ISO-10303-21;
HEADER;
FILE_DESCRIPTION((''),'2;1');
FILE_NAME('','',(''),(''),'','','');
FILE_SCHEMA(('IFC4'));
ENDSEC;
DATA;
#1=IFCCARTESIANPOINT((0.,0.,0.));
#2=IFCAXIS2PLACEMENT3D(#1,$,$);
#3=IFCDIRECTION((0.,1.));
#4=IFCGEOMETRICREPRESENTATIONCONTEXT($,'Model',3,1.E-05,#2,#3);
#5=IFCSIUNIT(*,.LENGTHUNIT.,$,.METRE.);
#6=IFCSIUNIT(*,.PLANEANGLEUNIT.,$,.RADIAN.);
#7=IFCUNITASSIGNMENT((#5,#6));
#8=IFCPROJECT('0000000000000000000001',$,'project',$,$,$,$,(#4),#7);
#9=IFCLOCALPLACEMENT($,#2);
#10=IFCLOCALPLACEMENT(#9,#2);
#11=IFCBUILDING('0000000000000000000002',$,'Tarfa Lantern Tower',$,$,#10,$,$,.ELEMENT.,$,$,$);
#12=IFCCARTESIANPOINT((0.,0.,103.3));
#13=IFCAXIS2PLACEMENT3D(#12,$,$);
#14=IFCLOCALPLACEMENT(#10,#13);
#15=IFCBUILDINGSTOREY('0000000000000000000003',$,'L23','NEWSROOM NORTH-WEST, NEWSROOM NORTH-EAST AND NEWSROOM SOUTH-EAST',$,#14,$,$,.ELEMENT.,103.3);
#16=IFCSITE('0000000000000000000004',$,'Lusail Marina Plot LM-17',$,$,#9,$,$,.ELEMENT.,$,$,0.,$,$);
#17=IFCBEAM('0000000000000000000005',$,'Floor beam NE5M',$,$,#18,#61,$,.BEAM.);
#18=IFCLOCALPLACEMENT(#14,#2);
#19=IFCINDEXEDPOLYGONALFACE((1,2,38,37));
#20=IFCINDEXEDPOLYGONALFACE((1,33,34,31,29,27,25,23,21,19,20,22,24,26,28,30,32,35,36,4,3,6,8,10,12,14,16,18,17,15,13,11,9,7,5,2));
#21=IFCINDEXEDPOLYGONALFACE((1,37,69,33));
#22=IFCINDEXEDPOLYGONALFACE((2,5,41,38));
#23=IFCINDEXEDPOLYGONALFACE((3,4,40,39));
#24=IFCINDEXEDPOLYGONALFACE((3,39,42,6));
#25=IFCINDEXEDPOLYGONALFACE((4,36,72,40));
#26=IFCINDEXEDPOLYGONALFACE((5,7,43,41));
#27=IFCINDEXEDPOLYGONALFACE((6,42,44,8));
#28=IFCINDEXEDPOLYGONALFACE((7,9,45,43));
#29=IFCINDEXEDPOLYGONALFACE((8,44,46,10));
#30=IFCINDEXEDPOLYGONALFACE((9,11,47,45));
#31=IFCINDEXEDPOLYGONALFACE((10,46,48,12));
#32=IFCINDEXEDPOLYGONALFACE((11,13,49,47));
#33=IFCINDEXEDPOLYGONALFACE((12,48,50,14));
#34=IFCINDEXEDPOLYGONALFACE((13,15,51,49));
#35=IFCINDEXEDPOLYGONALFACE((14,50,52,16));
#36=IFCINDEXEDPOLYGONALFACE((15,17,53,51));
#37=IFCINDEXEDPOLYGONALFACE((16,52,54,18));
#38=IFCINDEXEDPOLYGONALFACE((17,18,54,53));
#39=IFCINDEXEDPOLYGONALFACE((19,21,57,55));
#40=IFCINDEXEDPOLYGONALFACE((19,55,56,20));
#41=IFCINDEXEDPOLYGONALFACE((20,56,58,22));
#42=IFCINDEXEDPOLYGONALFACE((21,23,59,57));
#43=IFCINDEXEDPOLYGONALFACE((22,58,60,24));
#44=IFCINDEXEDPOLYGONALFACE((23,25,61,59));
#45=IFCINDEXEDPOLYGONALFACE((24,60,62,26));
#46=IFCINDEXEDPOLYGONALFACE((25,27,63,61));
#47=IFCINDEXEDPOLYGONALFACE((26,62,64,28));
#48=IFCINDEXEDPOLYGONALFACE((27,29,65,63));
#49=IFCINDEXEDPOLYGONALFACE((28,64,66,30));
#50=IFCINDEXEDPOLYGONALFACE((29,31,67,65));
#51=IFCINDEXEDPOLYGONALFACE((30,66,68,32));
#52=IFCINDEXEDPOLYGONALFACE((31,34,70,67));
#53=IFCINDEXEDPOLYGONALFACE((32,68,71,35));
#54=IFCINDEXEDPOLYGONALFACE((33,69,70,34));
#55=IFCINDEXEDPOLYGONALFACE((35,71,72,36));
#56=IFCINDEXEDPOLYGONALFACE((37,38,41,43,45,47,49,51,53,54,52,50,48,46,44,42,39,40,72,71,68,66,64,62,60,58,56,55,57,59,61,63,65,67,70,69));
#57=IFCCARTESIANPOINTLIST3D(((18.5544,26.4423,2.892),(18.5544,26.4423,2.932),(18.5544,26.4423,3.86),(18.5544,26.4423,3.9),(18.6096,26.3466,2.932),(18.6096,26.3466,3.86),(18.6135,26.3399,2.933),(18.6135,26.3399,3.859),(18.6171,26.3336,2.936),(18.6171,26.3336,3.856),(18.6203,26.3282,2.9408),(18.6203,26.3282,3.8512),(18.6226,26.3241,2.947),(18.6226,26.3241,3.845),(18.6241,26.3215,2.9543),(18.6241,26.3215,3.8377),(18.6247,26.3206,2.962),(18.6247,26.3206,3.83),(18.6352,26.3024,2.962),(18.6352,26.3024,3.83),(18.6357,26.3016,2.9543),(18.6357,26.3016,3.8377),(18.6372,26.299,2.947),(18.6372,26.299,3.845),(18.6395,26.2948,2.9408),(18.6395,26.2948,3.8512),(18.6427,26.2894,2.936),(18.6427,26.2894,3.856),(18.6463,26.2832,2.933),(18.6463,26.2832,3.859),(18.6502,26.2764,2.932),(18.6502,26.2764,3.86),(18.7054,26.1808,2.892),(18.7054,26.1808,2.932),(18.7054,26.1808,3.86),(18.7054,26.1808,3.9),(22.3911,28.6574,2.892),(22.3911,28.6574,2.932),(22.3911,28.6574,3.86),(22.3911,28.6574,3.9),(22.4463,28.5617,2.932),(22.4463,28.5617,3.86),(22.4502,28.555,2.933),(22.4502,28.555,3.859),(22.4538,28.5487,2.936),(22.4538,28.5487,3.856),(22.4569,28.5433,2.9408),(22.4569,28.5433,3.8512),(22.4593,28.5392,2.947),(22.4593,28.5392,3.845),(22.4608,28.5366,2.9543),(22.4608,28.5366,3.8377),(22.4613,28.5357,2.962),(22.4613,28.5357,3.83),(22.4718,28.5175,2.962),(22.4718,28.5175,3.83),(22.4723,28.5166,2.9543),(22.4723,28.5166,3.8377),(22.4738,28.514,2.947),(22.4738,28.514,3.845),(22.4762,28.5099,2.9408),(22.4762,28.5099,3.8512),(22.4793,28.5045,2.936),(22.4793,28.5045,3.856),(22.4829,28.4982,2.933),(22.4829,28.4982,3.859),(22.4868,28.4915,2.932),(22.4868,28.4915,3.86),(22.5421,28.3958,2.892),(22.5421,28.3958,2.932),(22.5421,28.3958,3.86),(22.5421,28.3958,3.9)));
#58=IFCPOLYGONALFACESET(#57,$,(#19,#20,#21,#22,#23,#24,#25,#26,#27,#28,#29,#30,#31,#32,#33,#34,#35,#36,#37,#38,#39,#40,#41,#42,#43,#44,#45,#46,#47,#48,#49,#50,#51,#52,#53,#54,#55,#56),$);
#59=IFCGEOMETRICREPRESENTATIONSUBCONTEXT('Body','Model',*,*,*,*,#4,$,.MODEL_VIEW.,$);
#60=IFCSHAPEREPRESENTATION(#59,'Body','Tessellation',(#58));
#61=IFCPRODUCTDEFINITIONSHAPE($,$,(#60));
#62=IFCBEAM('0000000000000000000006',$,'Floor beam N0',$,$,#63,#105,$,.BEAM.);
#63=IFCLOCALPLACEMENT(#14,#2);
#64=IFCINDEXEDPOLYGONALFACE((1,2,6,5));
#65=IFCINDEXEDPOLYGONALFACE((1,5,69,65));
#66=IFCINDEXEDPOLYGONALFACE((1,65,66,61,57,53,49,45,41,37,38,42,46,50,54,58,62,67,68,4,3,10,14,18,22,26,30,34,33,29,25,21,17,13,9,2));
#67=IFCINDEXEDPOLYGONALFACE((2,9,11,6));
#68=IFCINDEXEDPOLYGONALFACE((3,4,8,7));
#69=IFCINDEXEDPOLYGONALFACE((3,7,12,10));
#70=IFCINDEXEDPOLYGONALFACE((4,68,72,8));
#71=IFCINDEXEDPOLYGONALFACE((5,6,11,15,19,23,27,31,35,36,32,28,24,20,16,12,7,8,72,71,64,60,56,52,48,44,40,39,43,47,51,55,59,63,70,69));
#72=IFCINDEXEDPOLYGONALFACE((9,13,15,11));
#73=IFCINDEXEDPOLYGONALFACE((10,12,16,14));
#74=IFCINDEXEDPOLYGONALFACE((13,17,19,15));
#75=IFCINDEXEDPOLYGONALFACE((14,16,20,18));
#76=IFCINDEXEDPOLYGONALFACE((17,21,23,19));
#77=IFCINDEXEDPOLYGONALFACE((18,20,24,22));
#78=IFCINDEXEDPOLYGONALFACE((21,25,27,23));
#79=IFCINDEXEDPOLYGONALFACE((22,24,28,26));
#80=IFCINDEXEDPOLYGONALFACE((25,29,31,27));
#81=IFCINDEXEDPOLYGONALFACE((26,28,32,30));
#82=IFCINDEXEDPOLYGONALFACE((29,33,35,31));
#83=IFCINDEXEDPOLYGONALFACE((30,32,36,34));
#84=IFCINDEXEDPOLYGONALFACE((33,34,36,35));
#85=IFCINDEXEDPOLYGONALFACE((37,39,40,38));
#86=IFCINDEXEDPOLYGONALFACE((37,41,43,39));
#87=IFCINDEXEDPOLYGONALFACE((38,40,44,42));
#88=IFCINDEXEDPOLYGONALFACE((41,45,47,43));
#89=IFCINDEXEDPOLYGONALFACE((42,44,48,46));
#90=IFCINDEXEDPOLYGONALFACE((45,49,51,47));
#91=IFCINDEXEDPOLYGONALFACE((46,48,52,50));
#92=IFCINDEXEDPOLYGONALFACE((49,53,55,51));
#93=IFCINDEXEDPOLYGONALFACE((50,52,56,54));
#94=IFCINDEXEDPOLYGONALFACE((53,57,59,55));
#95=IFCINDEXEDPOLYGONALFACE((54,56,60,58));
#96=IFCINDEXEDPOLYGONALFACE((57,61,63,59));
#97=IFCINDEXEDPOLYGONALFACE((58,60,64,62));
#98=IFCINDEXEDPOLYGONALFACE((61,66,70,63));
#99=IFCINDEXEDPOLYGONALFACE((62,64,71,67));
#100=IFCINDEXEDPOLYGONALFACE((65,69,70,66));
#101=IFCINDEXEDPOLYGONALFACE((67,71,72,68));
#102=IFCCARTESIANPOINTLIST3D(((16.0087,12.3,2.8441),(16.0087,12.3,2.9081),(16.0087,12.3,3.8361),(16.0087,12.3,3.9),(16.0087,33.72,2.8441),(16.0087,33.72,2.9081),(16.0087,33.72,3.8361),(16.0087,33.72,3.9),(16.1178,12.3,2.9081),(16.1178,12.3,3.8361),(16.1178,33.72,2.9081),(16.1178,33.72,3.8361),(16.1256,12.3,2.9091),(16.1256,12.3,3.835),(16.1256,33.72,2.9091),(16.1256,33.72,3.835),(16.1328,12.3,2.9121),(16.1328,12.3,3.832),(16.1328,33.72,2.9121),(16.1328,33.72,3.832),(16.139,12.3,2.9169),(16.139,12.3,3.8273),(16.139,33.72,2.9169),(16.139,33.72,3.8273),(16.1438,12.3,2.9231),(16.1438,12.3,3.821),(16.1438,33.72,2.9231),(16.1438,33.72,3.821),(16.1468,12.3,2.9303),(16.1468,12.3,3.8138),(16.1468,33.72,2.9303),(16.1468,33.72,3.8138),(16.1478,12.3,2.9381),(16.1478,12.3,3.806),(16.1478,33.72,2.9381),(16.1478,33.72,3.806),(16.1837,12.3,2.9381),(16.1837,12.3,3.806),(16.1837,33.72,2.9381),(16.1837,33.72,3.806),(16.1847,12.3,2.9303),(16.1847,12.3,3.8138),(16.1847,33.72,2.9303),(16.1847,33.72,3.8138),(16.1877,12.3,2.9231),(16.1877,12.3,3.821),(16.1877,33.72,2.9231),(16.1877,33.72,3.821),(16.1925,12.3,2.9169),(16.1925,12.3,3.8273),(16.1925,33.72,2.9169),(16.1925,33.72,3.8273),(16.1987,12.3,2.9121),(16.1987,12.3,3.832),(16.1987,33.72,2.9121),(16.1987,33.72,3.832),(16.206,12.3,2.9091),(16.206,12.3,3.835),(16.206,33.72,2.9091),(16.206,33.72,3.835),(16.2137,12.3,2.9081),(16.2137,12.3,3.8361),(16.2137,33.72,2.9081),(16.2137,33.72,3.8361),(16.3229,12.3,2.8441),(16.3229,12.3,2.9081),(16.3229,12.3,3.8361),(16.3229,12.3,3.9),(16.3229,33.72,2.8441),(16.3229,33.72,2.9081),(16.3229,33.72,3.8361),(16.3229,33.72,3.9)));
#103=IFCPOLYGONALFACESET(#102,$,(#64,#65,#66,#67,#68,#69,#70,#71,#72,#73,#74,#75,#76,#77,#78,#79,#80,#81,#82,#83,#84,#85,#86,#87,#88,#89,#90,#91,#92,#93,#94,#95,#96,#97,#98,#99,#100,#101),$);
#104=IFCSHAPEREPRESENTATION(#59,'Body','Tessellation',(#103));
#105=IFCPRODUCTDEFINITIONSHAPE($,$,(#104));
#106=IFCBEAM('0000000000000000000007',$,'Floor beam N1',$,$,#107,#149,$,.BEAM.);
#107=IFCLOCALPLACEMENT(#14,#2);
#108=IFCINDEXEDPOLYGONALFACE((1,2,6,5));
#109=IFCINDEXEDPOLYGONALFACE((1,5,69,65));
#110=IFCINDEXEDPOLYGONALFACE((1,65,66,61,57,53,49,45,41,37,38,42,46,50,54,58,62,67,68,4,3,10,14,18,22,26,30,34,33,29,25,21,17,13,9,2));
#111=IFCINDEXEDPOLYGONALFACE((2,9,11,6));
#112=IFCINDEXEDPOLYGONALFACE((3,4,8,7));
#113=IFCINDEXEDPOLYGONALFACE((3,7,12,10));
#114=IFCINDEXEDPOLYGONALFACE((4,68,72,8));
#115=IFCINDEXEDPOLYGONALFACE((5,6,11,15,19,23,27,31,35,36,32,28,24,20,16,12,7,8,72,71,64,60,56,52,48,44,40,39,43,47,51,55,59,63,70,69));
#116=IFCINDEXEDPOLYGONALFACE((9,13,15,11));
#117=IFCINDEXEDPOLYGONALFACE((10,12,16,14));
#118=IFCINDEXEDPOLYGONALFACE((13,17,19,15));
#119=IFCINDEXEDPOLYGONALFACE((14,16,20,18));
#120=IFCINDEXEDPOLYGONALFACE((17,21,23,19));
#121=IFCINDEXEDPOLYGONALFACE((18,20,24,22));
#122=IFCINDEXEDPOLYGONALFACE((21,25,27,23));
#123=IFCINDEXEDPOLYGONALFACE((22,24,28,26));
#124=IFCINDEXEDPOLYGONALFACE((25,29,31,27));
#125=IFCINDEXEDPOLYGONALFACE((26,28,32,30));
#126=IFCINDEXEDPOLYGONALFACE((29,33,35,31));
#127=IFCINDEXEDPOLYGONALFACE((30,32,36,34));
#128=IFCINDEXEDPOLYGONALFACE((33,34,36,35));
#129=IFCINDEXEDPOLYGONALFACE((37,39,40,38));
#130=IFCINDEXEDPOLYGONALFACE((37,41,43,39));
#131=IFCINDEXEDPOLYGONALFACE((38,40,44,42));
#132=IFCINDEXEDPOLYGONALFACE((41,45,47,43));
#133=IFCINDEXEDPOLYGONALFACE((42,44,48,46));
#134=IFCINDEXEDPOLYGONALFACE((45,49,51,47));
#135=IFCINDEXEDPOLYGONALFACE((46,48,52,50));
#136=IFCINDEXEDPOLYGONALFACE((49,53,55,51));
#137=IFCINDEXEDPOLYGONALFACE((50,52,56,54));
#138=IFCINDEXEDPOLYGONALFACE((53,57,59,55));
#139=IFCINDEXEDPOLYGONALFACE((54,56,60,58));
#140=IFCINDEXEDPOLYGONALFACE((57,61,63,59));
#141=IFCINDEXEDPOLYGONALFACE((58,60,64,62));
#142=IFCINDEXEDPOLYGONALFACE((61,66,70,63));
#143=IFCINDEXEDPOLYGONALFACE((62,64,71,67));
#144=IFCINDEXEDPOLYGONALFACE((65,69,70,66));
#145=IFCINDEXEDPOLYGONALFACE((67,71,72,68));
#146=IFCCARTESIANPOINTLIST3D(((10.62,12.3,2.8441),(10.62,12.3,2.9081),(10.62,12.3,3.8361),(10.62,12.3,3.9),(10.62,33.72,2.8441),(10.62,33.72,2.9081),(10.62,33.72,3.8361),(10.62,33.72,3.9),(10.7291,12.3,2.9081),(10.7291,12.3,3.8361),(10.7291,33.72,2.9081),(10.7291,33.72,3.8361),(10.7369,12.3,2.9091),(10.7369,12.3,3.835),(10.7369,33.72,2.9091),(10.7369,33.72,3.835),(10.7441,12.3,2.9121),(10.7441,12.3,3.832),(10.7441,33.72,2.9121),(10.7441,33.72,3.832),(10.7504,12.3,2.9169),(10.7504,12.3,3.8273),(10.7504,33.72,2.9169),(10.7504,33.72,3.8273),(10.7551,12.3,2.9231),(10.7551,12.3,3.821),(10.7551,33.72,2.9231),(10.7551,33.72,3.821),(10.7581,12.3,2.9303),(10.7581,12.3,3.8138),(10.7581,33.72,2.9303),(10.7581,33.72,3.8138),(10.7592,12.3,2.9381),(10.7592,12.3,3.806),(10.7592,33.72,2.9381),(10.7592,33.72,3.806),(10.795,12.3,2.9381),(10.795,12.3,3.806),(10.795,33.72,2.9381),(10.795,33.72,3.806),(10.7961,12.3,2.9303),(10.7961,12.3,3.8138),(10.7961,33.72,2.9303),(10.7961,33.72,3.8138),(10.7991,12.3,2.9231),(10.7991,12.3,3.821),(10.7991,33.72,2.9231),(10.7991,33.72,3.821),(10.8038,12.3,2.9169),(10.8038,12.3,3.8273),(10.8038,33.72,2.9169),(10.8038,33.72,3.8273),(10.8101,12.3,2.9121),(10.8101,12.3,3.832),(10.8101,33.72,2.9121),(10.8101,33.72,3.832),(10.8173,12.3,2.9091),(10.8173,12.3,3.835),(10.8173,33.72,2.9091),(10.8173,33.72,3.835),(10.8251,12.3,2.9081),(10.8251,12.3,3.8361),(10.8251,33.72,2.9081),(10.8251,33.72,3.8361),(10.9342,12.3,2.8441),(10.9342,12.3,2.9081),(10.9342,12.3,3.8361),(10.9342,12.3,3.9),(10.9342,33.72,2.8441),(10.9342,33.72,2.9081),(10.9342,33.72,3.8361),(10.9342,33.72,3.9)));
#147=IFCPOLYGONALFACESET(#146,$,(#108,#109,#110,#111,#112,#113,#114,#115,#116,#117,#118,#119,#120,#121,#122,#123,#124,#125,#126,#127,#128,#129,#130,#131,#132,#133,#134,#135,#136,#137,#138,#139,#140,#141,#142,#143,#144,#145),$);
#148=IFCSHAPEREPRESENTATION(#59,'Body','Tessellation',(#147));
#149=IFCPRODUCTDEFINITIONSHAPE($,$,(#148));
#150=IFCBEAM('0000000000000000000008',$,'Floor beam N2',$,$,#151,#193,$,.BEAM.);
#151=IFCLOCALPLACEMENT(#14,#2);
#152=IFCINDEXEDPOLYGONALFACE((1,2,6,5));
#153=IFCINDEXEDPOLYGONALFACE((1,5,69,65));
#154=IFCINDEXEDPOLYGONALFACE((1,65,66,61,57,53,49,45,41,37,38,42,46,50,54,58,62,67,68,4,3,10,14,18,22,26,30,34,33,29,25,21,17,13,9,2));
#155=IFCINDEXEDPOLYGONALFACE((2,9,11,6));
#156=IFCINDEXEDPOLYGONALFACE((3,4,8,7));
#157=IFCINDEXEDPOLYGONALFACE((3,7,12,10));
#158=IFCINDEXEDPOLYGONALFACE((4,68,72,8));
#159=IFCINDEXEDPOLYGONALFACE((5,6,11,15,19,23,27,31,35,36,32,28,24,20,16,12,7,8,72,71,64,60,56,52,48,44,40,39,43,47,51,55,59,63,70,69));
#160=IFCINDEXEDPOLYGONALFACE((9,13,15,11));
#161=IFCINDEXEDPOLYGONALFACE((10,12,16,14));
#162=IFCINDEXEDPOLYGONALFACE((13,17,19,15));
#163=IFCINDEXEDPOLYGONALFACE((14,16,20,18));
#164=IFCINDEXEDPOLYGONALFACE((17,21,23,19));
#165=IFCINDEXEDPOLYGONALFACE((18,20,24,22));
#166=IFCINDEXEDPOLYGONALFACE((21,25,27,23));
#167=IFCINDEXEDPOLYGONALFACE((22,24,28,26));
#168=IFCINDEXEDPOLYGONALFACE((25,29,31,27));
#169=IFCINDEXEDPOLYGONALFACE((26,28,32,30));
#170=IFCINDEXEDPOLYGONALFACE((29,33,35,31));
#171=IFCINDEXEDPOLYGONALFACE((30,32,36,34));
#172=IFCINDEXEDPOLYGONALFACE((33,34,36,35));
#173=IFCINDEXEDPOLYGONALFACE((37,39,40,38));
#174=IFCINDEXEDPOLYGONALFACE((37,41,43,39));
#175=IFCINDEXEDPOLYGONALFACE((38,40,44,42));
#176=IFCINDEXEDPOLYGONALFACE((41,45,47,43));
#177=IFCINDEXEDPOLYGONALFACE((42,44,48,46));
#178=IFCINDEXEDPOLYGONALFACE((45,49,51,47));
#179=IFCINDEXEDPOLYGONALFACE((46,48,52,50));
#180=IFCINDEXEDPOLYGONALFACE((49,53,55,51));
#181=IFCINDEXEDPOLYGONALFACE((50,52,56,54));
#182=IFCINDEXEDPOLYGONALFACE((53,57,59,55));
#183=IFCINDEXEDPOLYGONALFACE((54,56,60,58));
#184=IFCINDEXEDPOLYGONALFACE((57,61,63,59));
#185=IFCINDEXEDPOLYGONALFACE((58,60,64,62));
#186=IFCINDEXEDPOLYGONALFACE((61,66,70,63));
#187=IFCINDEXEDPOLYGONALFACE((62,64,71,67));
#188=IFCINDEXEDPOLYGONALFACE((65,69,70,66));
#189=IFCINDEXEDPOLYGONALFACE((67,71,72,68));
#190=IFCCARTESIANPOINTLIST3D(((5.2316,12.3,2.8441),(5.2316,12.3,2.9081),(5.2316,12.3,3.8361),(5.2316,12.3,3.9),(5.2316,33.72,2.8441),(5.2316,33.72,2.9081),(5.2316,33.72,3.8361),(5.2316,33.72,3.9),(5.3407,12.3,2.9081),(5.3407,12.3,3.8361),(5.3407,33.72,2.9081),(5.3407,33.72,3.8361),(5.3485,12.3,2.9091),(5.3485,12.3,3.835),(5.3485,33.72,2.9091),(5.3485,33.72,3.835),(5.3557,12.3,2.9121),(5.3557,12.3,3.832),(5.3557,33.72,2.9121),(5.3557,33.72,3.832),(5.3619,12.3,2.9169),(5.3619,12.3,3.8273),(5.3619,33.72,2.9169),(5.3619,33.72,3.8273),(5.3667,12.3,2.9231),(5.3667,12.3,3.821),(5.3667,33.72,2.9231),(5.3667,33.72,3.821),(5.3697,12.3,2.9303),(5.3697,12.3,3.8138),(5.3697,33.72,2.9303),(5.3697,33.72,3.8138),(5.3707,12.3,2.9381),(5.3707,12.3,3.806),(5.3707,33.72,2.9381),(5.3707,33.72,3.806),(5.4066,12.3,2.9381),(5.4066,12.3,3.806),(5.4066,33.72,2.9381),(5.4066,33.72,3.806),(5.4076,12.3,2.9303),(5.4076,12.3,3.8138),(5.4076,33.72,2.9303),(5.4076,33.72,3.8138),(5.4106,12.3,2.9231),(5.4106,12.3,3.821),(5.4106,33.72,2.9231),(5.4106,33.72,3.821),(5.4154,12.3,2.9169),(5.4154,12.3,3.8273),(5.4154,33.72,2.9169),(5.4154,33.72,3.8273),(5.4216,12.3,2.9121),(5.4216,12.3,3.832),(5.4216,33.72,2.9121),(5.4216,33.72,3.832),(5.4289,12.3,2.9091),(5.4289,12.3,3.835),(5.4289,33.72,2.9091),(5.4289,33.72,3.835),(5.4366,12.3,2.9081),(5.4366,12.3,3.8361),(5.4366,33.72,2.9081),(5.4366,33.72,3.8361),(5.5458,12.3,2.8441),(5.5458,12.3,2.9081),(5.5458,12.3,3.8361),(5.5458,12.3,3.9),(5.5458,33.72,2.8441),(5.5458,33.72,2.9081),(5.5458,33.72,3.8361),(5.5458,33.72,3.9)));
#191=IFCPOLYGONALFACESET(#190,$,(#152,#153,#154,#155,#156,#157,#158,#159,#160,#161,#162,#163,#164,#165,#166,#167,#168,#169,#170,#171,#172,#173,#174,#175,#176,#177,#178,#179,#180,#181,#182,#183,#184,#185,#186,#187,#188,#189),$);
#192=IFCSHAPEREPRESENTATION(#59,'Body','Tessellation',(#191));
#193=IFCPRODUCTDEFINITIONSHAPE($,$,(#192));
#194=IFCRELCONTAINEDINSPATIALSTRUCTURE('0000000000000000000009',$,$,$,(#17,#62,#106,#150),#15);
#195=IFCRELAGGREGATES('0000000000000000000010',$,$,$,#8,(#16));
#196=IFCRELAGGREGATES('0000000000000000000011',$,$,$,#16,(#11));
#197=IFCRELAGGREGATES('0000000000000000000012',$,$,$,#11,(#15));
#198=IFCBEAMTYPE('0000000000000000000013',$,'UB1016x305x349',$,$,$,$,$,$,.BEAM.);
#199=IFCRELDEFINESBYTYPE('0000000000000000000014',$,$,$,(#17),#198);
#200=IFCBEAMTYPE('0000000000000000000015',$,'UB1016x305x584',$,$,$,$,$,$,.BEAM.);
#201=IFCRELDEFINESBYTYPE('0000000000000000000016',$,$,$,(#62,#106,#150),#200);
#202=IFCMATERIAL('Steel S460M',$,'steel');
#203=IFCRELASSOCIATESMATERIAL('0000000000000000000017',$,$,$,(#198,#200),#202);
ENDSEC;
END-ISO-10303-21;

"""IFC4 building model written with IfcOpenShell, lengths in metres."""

from ifc_helpers import new_model, si_unit, direction, frame, origin, origin_2d, place, context, subcontext, project, spatial, i_section, extrude, material, material_profile, profile_set, type_object, element, save


model = new_model("IFC4")

# Units and contexts
model_context = context("Model", 3, precision=1e-05, world=origin(), true_north=direction((0.0, 1.0)))
body_context = subcontext(model_context, "Body", "Model", "MODEL_VIEW")
ifc_project = project(units=[si_unit("LENGTHUNIT", "METRE"), si_unit("PLANEANGLEUNIT", "RADIAN")], contexts=[model_context])

# Site, building, storey
site_placement = place(None, origin())
site = spatial("IfcSite", under=ifc_project, at=site_placement, Name="Lusail Marina Plot LM-17", CompositionType="ELEMENT", RefElevation=0.0)
building_placement = place(site_placement, origin())
building = spatial("IfcBuilding", under=site, at=building_placement, Name="Tarfa Lantern Tower", CompositionType="ELEMENT")
storey_placement = place(building_placement, frame((0.0, 0.0, 103.3)))
storey = spatial("IfcBuildingStorey", under=building, at=storey_placement, Name="L23", Description="NEWSROOM NORTH-WEST, NEWSROOM NORTH-EAST AND NEWSROOM SOUTH-EAST", CompositionType="ELEMENT", Elevation=103.3)

# Beams
ifc_material_1 = material(Name="Steel S460M", Category="steel")
ifc_material_profile_1 = material_profile(ifc_material_1, i_section(OverallWidth=0.302, OverallDepth=1.0081, WebThickness=0.021, FlangeThickness=0.04, FilletRadius=0.03, at=origin_2d()), Name="UB1016x305x349")
ifc_profile_set_1 = profile_set([ifc_material_profile_1], Name="Steel S460M")
beam_type_1 = type_object("IfcBeamType", Name="UB1016x305x349", PredefinedType="BEAM", material=ifc_profile_set_1)
beam_1_placement = place(storey_placement, frame((22.4666, 28.5266, 3.396), z_axis=(-0.866027, -0.499998, 0.0), x_axis=(0.499998, -0.866027, 0.0)))
element("IfcBeam", 1, at=beam_1_placement, inside=storey, type_object=beam_type_1, Name="Floor beam NE5M", PredefinedType="BEAM", context=body_context, shape_type="SweptSolid", body=[
    extrude(i_section(OverallWidth=0.302, OverallDepth=1.0081, WebThickness=0.021, FlangeThickness=0.04, FilletRadius=0.03, at=origin_2d()), origin(), (0.0, 0.0, 1.0), 4.4302),
])
ifc_material_profile_2 = material_profile(ifc_material_1, i_section(OverallWidth=0.3142, OverallDepth=1.0559, WebThickness=0.0359, FlangeThickness=0.064, FilletRadius=0.03, at=origin_2d()), Name="UB1016x305x584")
ifc_profile_set_2 = profile_set([ifc_material_profile_2], Name="Steel S460M")
beam_type_2 = type_object("IfcBeamType", Name="UB1016x305x584", PredefinedType="BEAM", material=ifc_profile_set_2)
for number, where, z_axis, x_axis, name in (
    (2, (16.1658, 33.72, 3.3721), (0.0, -1.0, 0.0), (1.0, 0.0, 0.0), "Floor beam N0"),
    (3, (10.7771, 33.72, 3.3721), (0.0, -1.0, 0.0), (1.0, 0.0, 0.0), "Floor beam N1"),
    (4, (5.3887, 33.72, 3.3721), (0.0, -1.0, 0.0), (1.0, 0.0, 0.0), "Floor beam N2"),
):
    element("IfcBeam", number, at=place(storey_placement, frame(where, z_axis=z_axis, x_axis=x_axis)), inside=storey, type_object=beam_type_2, Name=name, PredefinedType="BEAM", context=body_context, shape_type="SweptSolid", body=[
        extrude(i_section(OverallWidth=0.3142, OverallDepth=1.0559, WebThickness=0.0359, FlangeThickness=0.064, FilletRadius=0.03, at=origin_2d()), origin(), (0.0, 0.0, 1.0), 21.4199),
    ])

save(model, "model.ifc")
